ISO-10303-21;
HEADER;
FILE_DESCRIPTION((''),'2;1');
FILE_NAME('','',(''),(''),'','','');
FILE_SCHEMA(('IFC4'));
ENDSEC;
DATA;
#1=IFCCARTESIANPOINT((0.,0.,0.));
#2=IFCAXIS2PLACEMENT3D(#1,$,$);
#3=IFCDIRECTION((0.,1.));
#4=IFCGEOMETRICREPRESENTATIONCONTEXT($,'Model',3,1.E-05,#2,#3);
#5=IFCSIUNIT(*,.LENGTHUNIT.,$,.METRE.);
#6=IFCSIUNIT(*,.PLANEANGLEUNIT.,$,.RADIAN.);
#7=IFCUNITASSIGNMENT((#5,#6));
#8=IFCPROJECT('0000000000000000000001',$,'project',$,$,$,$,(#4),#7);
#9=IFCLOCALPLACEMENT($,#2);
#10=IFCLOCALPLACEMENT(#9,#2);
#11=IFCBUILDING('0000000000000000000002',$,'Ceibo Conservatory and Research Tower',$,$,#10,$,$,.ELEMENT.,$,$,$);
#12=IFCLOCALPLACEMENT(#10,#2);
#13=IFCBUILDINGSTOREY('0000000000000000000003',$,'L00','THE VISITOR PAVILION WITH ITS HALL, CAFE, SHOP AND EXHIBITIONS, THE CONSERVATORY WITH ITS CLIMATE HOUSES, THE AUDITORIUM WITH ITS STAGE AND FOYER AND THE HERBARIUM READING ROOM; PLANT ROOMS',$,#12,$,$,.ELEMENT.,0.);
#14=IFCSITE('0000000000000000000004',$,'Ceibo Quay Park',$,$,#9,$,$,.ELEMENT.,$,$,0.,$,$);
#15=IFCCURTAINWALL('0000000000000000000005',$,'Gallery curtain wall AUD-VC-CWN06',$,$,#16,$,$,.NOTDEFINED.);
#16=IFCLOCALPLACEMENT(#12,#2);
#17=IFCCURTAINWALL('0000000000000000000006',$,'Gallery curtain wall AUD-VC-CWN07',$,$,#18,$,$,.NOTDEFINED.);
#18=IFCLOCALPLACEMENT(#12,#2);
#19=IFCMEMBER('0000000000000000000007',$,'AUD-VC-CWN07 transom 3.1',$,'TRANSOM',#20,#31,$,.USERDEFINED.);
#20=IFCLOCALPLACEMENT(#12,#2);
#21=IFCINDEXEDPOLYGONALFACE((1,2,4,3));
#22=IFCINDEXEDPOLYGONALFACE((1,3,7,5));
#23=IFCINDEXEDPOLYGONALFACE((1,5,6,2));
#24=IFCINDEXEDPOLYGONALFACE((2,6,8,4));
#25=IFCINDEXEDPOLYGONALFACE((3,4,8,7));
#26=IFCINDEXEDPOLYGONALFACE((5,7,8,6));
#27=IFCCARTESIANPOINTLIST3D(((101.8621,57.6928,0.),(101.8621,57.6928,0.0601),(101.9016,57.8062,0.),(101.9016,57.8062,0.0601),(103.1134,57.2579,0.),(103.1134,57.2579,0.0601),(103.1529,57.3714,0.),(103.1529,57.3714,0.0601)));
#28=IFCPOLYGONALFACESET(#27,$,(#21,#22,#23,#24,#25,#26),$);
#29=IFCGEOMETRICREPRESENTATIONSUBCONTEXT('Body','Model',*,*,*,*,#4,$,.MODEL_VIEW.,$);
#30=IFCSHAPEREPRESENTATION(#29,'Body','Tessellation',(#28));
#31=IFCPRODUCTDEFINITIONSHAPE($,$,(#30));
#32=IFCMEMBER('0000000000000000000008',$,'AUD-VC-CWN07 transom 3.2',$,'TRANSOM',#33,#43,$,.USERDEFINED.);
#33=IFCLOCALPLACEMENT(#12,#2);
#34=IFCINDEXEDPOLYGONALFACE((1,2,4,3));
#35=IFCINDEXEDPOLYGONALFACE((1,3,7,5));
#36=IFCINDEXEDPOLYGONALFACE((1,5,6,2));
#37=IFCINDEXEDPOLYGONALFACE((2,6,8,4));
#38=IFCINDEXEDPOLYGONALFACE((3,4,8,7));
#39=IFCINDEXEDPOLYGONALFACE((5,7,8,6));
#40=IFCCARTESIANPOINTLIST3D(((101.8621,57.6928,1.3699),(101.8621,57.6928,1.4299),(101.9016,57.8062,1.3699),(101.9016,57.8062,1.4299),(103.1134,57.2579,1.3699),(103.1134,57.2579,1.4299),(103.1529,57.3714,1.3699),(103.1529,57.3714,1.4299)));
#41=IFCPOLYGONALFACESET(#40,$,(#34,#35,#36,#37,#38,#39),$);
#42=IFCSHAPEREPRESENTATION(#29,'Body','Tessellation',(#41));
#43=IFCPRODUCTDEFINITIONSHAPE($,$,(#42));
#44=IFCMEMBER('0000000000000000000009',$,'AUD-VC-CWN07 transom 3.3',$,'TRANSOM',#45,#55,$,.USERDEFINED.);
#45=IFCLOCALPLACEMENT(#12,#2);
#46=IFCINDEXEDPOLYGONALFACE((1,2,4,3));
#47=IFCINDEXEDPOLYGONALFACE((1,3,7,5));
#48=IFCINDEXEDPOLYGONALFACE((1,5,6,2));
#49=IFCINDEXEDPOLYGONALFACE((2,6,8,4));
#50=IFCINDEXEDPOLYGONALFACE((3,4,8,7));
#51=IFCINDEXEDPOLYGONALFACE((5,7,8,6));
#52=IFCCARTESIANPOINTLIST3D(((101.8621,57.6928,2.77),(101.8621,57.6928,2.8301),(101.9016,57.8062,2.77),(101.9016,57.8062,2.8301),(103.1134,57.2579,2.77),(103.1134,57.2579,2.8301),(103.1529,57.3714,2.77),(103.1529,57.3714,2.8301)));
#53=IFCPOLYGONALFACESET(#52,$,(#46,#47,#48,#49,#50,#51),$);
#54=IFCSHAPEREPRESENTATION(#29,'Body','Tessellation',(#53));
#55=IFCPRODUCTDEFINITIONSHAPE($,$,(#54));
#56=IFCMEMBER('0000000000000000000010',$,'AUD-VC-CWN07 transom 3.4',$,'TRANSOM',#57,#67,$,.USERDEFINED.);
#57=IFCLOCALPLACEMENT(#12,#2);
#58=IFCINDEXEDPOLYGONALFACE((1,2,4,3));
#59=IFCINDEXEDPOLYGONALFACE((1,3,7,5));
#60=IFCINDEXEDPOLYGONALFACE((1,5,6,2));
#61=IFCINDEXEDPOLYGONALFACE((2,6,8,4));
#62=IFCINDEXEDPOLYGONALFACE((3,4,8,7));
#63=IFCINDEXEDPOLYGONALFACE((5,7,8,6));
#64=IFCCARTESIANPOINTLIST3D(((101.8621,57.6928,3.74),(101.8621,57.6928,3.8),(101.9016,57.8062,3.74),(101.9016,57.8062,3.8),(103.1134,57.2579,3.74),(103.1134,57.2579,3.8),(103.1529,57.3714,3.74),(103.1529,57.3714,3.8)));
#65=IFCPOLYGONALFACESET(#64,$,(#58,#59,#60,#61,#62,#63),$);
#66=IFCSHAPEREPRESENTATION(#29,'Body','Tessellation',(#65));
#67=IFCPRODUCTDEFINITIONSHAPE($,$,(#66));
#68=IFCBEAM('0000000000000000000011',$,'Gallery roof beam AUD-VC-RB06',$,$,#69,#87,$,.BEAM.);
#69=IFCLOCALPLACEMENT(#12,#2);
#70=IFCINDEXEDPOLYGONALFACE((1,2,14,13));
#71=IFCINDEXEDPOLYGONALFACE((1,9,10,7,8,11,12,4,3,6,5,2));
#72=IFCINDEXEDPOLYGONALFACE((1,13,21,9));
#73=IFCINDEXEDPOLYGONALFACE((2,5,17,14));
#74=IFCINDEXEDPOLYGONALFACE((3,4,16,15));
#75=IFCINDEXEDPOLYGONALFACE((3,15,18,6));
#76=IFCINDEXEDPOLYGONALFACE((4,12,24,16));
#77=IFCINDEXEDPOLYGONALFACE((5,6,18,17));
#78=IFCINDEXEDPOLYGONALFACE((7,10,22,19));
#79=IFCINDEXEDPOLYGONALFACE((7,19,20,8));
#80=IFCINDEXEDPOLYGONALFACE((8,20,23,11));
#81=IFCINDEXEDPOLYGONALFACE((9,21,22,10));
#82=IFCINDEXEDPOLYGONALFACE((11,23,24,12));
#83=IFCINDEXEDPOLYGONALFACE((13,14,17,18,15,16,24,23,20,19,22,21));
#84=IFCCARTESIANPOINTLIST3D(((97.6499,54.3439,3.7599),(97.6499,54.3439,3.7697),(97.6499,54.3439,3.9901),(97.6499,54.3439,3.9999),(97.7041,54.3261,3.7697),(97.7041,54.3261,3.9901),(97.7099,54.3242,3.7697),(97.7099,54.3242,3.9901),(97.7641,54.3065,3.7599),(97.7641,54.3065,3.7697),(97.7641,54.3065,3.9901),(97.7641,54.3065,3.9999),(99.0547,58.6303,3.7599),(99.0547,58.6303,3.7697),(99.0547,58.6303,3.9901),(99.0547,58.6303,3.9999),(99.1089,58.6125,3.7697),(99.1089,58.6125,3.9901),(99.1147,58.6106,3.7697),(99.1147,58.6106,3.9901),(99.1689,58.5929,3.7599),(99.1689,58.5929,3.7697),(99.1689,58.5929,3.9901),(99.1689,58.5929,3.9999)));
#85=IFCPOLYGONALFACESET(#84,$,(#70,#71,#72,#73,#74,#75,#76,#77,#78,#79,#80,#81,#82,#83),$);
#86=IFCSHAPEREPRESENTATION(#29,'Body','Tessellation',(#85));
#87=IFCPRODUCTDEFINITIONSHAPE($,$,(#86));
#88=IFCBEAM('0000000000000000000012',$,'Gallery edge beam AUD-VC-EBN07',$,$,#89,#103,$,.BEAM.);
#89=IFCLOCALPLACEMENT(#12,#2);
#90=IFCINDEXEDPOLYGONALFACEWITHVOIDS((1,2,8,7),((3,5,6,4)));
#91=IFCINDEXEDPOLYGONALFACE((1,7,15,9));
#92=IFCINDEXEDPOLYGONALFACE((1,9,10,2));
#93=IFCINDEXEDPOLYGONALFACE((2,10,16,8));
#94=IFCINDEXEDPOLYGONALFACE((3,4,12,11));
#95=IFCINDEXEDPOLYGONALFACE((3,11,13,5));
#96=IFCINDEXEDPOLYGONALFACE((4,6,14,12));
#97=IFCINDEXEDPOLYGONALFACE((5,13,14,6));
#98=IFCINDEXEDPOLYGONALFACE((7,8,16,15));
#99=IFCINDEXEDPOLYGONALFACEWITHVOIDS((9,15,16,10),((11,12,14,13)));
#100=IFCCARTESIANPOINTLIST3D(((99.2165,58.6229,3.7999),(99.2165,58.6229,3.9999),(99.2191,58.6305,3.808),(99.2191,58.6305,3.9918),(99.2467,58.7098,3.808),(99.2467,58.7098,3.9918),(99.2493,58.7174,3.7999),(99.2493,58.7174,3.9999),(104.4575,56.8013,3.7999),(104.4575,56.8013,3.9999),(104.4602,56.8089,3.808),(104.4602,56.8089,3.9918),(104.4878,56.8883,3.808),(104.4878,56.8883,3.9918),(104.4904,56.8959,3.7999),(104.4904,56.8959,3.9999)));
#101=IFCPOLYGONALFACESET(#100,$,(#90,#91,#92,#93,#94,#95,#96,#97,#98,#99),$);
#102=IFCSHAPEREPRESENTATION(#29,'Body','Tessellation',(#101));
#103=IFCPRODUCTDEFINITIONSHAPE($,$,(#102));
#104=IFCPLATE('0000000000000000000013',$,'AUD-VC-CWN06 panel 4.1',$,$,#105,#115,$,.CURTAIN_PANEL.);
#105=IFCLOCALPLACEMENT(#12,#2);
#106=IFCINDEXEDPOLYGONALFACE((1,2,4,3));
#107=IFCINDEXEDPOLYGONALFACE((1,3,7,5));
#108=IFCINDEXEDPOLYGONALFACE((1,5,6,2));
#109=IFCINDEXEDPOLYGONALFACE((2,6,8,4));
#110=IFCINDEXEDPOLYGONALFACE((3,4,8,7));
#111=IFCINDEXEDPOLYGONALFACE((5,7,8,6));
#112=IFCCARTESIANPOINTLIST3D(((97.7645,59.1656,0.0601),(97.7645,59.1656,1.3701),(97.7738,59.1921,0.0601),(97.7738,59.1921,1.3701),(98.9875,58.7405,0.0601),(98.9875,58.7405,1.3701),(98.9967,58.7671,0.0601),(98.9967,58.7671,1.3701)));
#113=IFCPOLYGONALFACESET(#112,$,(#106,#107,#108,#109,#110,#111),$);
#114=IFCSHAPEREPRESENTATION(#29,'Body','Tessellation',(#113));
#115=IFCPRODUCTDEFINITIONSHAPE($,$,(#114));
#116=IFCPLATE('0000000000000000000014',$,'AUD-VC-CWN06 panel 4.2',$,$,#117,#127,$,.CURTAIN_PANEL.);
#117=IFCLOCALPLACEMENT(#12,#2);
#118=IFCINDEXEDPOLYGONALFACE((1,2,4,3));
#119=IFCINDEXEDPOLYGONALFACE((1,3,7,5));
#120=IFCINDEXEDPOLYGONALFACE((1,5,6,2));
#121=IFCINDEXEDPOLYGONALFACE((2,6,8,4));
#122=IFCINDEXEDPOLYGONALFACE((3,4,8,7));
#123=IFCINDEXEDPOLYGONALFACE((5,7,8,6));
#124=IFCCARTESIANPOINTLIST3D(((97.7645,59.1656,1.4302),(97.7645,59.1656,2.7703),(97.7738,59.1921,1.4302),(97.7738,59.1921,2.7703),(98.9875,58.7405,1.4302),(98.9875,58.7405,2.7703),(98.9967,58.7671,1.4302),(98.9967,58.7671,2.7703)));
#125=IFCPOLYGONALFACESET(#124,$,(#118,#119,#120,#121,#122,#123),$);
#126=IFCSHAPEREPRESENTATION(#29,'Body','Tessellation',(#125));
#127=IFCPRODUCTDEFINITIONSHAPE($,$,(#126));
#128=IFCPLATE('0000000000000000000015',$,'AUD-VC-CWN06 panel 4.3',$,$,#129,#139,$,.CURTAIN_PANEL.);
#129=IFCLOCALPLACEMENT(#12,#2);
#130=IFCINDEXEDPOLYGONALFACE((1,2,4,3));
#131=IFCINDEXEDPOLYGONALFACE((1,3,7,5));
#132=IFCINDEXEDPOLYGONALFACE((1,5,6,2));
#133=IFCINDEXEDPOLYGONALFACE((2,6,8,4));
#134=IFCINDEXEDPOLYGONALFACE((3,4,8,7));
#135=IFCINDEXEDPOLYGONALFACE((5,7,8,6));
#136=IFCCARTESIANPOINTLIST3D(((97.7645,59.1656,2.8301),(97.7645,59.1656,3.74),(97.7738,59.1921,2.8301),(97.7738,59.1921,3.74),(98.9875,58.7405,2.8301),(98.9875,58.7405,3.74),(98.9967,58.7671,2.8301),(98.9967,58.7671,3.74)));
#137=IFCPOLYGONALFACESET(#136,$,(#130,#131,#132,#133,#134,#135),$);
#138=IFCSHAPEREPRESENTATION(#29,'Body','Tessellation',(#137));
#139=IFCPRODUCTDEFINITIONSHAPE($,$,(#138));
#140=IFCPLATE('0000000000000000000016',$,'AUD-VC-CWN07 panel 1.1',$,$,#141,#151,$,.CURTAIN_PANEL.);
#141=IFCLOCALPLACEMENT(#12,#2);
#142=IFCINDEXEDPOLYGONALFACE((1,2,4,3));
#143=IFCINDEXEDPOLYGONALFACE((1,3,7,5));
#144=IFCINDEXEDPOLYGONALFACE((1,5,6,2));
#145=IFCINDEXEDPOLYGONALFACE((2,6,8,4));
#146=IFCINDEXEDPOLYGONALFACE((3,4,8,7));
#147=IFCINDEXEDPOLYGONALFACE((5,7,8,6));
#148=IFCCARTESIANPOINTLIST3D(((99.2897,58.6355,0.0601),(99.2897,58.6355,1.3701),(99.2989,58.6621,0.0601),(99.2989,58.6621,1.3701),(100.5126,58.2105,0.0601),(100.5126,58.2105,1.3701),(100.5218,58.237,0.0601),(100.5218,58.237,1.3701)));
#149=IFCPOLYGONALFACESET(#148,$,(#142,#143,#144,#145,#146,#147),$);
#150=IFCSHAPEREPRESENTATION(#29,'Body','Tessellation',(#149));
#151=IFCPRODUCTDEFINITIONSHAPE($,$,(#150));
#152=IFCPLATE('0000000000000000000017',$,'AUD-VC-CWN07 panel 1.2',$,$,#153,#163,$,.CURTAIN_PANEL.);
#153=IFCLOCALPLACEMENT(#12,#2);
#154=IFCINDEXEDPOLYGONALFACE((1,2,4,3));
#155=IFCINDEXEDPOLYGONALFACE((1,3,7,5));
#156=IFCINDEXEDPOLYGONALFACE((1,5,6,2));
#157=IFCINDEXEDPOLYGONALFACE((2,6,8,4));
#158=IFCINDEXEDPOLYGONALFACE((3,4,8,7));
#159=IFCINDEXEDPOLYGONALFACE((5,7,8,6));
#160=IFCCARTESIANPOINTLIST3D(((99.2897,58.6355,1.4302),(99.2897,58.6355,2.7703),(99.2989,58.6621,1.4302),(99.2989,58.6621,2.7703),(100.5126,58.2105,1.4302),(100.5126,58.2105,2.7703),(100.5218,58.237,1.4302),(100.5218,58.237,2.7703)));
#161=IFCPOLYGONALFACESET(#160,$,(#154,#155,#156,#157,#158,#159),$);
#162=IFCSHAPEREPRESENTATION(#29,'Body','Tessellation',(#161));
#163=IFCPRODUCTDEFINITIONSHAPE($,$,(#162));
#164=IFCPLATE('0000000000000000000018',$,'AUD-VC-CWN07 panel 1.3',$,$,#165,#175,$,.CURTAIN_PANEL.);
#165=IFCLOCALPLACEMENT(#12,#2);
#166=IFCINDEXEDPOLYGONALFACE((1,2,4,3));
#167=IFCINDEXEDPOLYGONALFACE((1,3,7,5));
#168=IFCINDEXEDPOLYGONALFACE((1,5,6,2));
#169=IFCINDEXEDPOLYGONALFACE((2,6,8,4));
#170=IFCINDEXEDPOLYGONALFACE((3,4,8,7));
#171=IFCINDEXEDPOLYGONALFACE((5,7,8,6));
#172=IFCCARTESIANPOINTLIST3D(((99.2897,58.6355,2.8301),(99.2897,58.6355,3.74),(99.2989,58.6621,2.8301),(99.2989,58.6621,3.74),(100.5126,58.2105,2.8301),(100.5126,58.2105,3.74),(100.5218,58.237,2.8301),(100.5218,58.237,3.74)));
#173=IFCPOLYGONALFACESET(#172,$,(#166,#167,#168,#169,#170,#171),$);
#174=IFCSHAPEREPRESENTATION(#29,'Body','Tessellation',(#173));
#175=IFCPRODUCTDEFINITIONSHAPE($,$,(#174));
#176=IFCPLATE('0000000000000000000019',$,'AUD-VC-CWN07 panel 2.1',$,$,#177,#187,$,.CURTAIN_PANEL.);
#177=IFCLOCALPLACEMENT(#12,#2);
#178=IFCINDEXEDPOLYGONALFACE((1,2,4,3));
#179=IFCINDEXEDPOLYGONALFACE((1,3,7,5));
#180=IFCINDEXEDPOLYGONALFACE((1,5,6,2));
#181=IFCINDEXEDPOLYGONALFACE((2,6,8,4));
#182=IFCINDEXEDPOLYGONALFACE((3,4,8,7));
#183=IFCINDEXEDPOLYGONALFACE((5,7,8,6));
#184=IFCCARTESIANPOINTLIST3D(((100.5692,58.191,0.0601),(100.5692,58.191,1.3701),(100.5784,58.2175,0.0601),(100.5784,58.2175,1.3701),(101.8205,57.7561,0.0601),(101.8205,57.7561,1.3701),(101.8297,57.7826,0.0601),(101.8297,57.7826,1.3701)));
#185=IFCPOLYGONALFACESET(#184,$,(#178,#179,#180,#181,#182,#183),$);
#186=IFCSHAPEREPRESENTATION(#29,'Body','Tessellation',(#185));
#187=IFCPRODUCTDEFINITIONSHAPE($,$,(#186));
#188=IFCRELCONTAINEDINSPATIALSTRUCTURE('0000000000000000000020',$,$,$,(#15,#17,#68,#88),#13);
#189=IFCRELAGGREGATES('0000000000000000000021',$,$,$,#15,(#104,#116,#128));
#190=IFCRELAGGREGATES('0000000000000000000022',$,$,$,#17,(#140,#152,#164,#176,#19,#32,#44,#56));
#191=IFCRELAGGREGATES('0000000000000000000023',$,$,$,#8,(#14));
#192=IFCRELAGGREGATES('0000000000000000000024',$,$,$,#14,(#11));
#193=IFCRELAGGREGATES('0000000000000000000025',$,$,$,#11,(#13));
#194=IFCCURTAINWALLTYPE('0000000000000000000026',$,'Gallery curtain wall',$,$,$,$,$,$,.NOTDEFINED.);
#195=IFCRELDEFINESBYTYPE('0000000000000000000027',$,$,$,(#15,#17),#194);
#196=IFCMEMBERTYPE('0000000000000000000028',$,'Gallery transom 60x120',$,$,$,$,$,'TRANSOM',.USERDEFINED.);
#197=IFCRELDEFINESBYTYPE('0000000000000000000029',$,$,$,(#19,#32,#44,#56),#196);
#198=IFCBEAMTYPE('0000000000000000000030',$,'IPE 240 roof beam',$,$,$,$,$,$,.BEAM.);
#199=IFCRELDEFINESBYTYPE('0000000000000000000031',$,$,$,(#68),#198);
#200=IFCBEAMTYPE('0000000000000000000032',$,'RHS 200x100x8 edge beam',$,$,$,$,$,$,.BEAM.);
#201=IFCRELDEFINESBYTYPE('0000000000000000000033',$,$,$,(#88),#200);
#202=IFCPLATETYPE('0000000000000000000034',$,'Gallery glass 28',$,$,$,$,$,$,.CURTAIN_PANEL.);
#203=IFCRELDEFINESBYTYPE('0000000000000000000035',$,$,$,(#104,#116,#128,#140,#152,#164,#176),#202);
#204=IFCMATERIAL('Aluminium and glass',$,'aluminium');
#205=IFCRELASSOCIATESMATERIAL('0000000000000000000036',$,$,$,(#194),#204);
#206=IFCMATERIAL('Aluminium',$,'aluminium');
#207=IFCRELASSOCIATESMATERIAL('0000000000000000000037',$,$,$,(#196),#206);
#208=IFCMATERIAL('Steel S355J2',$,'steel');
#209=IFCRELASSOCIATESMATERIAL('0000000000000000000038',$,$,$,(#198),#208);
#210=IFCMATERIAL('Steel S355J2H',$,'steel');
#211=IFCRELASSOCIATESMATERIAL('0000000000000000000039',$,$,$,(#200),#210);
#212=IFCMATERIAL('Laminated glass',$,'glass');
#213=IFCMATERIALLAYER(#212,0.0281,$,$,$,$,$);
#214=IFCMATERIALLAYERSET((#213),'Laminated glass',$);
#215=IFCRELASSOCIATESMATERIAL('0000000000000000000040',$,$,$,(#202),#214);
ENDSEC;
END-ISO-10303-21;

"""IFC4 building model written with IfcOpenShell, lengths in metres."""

from ifc_helpers import new_model, si_unit, direction, frame, origin, origin_2d, place, context, subcontext, project, spatial, rectangle, hollow_rectangle, i_section, extrude, material, layer, layer_set, material_profile, profile_set, type_object, element, aggregate, save


model = new_model("IFC4")

# Units and contexts
model_context = context("Model", 3, precision=1e-05, world=origin(), true_north=direction((0.0, 1.0)))
body_context = subcontext(model_context, "Body", "Model", "MODEL_VIEW")
ifc_project = project(units=[si_unit("LENGTHUNIT", "METRE"), si_unit("PLANEANGLEUNIT", "RADIAN")], contexts=[model_context])

# Site, building, storey
site_placement = place(None, origin())
site = spatial("IfcSite", under=ifc_project, at=site_placement, Name="Ceibo Quay Park", CompositionType="ELEMENT", RefElevation=0.0)
building_placement = place(site_placement, origin())
building = spatial("IfcBuilding", under=site, at=building_placement, Name="Ceibo Conservatory and Research Tower", CompositionType="ELEMENT")
storey_placement = place(building_placement, origin())
storey = spatial("IfcBuildingStorey", under=building, at=storey_placement, Name="L00", Description="THE VISITOR PAVILION WITH ITS HALL, CAFE, SHOP AND EXHIBITIONS, THE CONSERVATORY WITH ITS CLIMATE HOUSES, THE AUDITORIUM WITH ITS STAGE AND FOYER AND THE HERBARIUM READING ROOM; PLANT ROOMS", CompositionType="ELEMENT", Elevation=0.0)

# Shared definitions
ifc_material_1 = material(Name="Steel S355J2H", Category="steel")

# Curtain wall
ifc_material_2 = material(Name="Aluminium and glass", Category="aluminium")
curtain_wall_type = type_object("IfcCurtainWallType", Name="Gallery curtain wall", PredefinedType="NOTDEFINED", material=ifc_material_2)
curtain_wall_1_placement = place(storey_placement, origin())
curtain_wall_1 = element("IfcCurtainWall", 1, at=curtain_wall_1_placement, inside=storey, type_object=curtain_wall_type, Name="Gallery curtain wall AUD-VC-CWN06", PredefinedType="NOTDEFINED")
ifc_material_3 = material(Name="Aluminium", Category="aluminium")

# Curtain wall
curtain_wall_2_placement = place(storey_placement, origin())
curtain_wall_2 = element("IfcCurtainWall", 2, at=curtain_wall_2_placement, inside=storey, type_object=curtain_wall_type, Name="Gallery curtain wall AUD-VC-CWN07", PredefinedType="NOTDEFINED")

# Members
ifc_material_profile_1 = material_profile(ifc_material_3, rectangle(XDim=0.1201, YDim=0.0601, at=origin_2d()), Name="AL 60x120")
ifc_profile_set_1 = profile_set([ifc_material_profile_1], Name="Aluminium")
member_type_1 = type_object("IfcMemberType", Name="Gallery transom 60x120", ElementType="TRANSOM", PredefinedType="USERDEFINED", material=ifc_profile_set_1)
member_1_placement = place(storey_placement, frame((101.8818, 57.7495, 0.03), z_axis=(0.944589, -0.328256, 0.0), x_axis=(0.328256, 0.944589, 0.0)))
member_1 = element("IfcMember", 3, at=member_1_placement, type_object=member_type_1, Name="AUD-VC-CWN07 transom 3.1", ObjectType="TRANSOM", PredefinedType="USERDEFINED", context=body_context, shape_type="SweptSolid", body=[
    extrude(rectangle(XDim=0.1201, YDim=0.0601, at=origin_2d()), origin(), (0.0, 0.0, 1.0), 1.3247),
])
member_2_placement = place(storey_placement, frame((101.8818, 57.7495, 1.3999), z_axis=(0.944589, -0.328256, 0.0), x_axis=(0.328256, 0.944589, 0.0)))
member_2 = element("IfcMember", 4, at=member_2_placement, type_object=member_type_1, Name="AUD-VC-CWN07 transom 3.2", ObjectType="TRANSOM", PredefinedType="USERDEFINED", context=body_context, shape_type="SweptSolid", body=[
    extrude(rectangle(XDim=0.1201, YDim=0.0601, at=origin_2d()), origin(), (0.0, 0.0, 1.0), 1.3247),
])
member_3_placement = place(storey_placement, frame((101.8818, 57.7495, 2.8), z_axis=(0.944589, -0.328256, 0.0), x_axis=(0.328256, 0.944589, 0.0)))
member_3 = element("IfcMember", 5, at=member_3_placement, type_object=member_type_1, Name="AUD-VC-CWN07 transom 3.3", ObjectType="TRANSOM", PredefinedType="USERDEFINED", context=body_context, shape_type="SweptSolid", body=[
    extrude(rectangle(XDim=0.1201, YDim=0.0601, at=origin_2d()), origin(), (0.0, 0.0, 1.0), 1.3247),
])
member_4_placement = place(storey_placement, frame((101.8818, 57.7495, 3.77), z_axis=(0.944589, -0.328256, 0.0), x_axis=(0.328256, 0.944589, 0.0)))
member_4 = element("IfcMember", 6, at=member_4_placement, type_object=member_type_1, Name="AUD-VC-CWN07 transom 3.4", ObjectType="TRANSOM", PredefinedType="USERDEFINED", context=body_context, shape_type="SweptSolid", body=[
    extrude(rectangle(XDim=0.1201, YDim=0.0601, at=origin_2d()), origin(), (0.0, 0.0, 1.0), 1.3247),
])

# Beams
ifc_material_4 = material(Name="Steel S355J2", Category="steel")
ifc_material_profile_2 = material_profile(ifc_material_4, i_section(OverallWidth=0.1201, OverallDepth=0.24, WebThickness=0.0061, FlangeThickness=0.0098, at=origin_2d()), Name="IPE 240")
ifc_profile_set_2 = profile_set([ifc_material_profile_2], Name="Steel S355J2")
beam_type_1 = type_object("IfcBeamType", Name="IPE 240 roof beam", PredefinedType="BEAM", material=ifc_profile_set_2)
beam_1_placement = place(storey_placement, frame((99.1118, 58.6116, 3.8799), z_axis=(-0.311434, -0.950268, 0.0), x_axis=(0.950268, -0.311434, 0.0)))
element("IfcBeam", 7, at=beam_1_placement, inside=storey, type_object=beam_type_1, Name="Gallery roof beam AUD-VC-RB06", PredefinedType="BEAM", context=body_context, shape_type="SweptSolid", body=[
    extrude(i_section(OverallWidth=0.1201, OverallDepth=0.24, WebThickness=0.0061, FlangeThickness=0.0098, at=origin_2d()), origin(), (0.0, 0.0, 1.0), 4.5107),
])
ifc_material_profile_3 = material_profile(ifc_material_1, hollow_rectangle(XDim=0.1001, YDim=0.2, WallThickness=0.0081, at=origin_2d()), Name="RHS 200x100x8 edge beam")
ifc_profile_set_3 = profile_set([ifc_material_profile_3], Name="Steel S355J2H")
beam_type_2 = type_object("IfcBeamType", Name="RHS 200x100x8 edge beam", PredefinedType="BEAM", material=ifc_profile_set_3)
beam_2_placement = place(storey_placement, frame((99.2329, 58.6702, 3.8999), z_axis=(0.944576, -0.328294, 0.0), x_axis=(0.328294, 0.944576, 0.0)))
element("IfcBeam", 8, at=beam_2_placement, inside=storey, type_object=beam_type_2, Name="Gallery edge beam AUD-VC-EBN07", PredefinedType="BEAM", context=body_context, shape_type="SweptSolid", body=[
    extrude(hollow_rectangle(XDim=0.1001, YDim=0.2, WallThickness=0.0081, at=origin_2d()), origin(), (0.0, 0.0, 1.0), 5.5486),
])

# Plates
ifc_material_5 = material(Name="Laminated glass", Category="glass")
ifc_layer = layer(ifc_material_5, 0.0281)
ifc_layer_set = layer_set([ifc_layer], Name="Laminated glass")
plate_type = type_object("IfcPlateType", Name="Gallery glass 28", PredefinedType="CURTAIN_PANEL", material=ifc_layer_set)
plate_1_placement = place(storey_placement, frame((98.3806, 58.9663, 0.0601), z_axis=(0.0, 0.0, 1.0), x_axis=(0.944579, -0.328284, 0.0)))
plate_1 = element("IfcPlate", 9, at=plate_1_placement, type_object=plate_type, Name="AUD-VC-CWN06 panel 4.1", PredefinedType="CURTAIN_PANEL", context=body_context, shape_type="SweptSolid", body=[
    extrude(rectangle(XDim=1.2947, YDim=0.0281, at=origin_2d()), origin(), (0.0, 0.0, 1.0), 1.3101),
])
plate_2_placement = place(storey_placement, frame((98.3806, 58.9663, 1.4302), z_axis=(0.0, 0.0, 1.0), x_axis=(0.944579, -0.328284, 0.0)))
plate_2 = element("IfcPlate", 10, at=plate_2_placement, type_object=plate_type, Name="AUD-VC-CWN06 panel 4.2", PredefinedType="CURTAIN_PANEL", context=body_context, shape_type="SweptSolid", body=[
    extrude(rectangle(XDim=1.2947, YDim=0.0281, at=origin_2d()), origin(), (0.0, 0.0, 1.0), 1.3401),
])
plate_3_placement = place(storey_placement, frame((98.3806, 58.9663, 2.8301), z_axis=(0.0, 0.0, 1.0), x_axis=(0.944579, -0.328284, 0.0)))
plate_3 = element("IfcPlate", 11, at=plate_3_placement, type_object=plate_type, Name="AUD-VC-CWN06 panel 4.3", PredefinedType="CURTAIN_PANEL", context=body_context, shape_type="SweptSolid", body=[
    extrude(rectangle(XDim=1.2947, YDim=0.0281, at=origin_2d()), origin(), (0.0, 0.0, 1.0), 0.9099),
])
aggregate(curtain_wall_1, [plate_1, plate_2, plate_3])
plate_4_placement = place(storey_placement, frame((99.9058, 58.4363, 0.0601), z_axis=(0.0, 0.0, 1.0), x_axis=(0.944579, -0.328284, 0.0)))
plate_4 = element("IfcPlate", 12, at=plate_4_placement, type_object=plate_type, Name="AUD-VC-CWN07 panel 1.1", PredefinedType="CURTAIN_PANEL", context=body_context, shape_type="SweptSolid", body=[
    extrude(rectangle(XDim=1.2947, YDim=0.0281, at=origin_2d()), origin(), (0.0, 0.0, 1.0), 1.3101),
])
plate_5_placement = place(storey_placement, frame((99.9058, 58.4363, 1.4302), z_axis=(0.0, 0.0, 1.0), x_axis=(0.944579, -0.328284, 0.0)))
plate_5 = element("IfcPlate", 13, at=plate_5_placement, type_object=plate_type, Name="AUD-VC-CWN07 panel 1.2", PredefinedType="CURTAIN_PANEL", context=body_context, shape_type="SweptSolid", body=[
    extrude(rectangle(XDim=1.2947, YDim=0.0281, at=origin_2d()), origin(), (0.0, 0.0, 1.0), 1.3401),
])
plate_6_placement = place(storey_placement, frame((99.9058, 58.4363, 2.8301), z_axis=(0.0, 0.0, 1.0), x_axis=(0.944579, -0.328284, 0.0)))
plate_6 = element("IfcPlate", 14, at=plate_6_placement, type_object=plate_type, Name="AUD-VC-CWN07 panel 1.3", PredefinedType="CURTAIN_PANEL", context=body_context, shape_type="SweptSolid", body=[
    extrude(rectangle(XDim=1.2947, YDim=0.0281, at=origin_2d()), origin(), (0.0, 0.0, 1.0), 0.9099),
])
plate_7_placement = place(storey_placement, frame((101.1995, 57.9868, 0.0601), z_axis=(0.0, 0.0, 1.0), x_axis=(0.944579, -0.328284, 0.0)))
plate_7 = element("IfcPlate", 15, at=plate_7_placement, type_object=plate_type, Name="AUD-VC-CWN07 panel 2.1", PredefinedType="CURTAIN_PANEL", context=body_context, shape_type="SweptSolid", body=[
    extrude(rectangle(XDim=1.3247, YDim=0.0281, at=origin_2d()), origin(), (0.0, 0.0, 1.0), 1.3101),
])
aggregate(curtain_wall_2, [plate_4, plate_5, plate_6, plate_7, member_1, member_2, member_3, member_4])

save(model, "model.ifc")
